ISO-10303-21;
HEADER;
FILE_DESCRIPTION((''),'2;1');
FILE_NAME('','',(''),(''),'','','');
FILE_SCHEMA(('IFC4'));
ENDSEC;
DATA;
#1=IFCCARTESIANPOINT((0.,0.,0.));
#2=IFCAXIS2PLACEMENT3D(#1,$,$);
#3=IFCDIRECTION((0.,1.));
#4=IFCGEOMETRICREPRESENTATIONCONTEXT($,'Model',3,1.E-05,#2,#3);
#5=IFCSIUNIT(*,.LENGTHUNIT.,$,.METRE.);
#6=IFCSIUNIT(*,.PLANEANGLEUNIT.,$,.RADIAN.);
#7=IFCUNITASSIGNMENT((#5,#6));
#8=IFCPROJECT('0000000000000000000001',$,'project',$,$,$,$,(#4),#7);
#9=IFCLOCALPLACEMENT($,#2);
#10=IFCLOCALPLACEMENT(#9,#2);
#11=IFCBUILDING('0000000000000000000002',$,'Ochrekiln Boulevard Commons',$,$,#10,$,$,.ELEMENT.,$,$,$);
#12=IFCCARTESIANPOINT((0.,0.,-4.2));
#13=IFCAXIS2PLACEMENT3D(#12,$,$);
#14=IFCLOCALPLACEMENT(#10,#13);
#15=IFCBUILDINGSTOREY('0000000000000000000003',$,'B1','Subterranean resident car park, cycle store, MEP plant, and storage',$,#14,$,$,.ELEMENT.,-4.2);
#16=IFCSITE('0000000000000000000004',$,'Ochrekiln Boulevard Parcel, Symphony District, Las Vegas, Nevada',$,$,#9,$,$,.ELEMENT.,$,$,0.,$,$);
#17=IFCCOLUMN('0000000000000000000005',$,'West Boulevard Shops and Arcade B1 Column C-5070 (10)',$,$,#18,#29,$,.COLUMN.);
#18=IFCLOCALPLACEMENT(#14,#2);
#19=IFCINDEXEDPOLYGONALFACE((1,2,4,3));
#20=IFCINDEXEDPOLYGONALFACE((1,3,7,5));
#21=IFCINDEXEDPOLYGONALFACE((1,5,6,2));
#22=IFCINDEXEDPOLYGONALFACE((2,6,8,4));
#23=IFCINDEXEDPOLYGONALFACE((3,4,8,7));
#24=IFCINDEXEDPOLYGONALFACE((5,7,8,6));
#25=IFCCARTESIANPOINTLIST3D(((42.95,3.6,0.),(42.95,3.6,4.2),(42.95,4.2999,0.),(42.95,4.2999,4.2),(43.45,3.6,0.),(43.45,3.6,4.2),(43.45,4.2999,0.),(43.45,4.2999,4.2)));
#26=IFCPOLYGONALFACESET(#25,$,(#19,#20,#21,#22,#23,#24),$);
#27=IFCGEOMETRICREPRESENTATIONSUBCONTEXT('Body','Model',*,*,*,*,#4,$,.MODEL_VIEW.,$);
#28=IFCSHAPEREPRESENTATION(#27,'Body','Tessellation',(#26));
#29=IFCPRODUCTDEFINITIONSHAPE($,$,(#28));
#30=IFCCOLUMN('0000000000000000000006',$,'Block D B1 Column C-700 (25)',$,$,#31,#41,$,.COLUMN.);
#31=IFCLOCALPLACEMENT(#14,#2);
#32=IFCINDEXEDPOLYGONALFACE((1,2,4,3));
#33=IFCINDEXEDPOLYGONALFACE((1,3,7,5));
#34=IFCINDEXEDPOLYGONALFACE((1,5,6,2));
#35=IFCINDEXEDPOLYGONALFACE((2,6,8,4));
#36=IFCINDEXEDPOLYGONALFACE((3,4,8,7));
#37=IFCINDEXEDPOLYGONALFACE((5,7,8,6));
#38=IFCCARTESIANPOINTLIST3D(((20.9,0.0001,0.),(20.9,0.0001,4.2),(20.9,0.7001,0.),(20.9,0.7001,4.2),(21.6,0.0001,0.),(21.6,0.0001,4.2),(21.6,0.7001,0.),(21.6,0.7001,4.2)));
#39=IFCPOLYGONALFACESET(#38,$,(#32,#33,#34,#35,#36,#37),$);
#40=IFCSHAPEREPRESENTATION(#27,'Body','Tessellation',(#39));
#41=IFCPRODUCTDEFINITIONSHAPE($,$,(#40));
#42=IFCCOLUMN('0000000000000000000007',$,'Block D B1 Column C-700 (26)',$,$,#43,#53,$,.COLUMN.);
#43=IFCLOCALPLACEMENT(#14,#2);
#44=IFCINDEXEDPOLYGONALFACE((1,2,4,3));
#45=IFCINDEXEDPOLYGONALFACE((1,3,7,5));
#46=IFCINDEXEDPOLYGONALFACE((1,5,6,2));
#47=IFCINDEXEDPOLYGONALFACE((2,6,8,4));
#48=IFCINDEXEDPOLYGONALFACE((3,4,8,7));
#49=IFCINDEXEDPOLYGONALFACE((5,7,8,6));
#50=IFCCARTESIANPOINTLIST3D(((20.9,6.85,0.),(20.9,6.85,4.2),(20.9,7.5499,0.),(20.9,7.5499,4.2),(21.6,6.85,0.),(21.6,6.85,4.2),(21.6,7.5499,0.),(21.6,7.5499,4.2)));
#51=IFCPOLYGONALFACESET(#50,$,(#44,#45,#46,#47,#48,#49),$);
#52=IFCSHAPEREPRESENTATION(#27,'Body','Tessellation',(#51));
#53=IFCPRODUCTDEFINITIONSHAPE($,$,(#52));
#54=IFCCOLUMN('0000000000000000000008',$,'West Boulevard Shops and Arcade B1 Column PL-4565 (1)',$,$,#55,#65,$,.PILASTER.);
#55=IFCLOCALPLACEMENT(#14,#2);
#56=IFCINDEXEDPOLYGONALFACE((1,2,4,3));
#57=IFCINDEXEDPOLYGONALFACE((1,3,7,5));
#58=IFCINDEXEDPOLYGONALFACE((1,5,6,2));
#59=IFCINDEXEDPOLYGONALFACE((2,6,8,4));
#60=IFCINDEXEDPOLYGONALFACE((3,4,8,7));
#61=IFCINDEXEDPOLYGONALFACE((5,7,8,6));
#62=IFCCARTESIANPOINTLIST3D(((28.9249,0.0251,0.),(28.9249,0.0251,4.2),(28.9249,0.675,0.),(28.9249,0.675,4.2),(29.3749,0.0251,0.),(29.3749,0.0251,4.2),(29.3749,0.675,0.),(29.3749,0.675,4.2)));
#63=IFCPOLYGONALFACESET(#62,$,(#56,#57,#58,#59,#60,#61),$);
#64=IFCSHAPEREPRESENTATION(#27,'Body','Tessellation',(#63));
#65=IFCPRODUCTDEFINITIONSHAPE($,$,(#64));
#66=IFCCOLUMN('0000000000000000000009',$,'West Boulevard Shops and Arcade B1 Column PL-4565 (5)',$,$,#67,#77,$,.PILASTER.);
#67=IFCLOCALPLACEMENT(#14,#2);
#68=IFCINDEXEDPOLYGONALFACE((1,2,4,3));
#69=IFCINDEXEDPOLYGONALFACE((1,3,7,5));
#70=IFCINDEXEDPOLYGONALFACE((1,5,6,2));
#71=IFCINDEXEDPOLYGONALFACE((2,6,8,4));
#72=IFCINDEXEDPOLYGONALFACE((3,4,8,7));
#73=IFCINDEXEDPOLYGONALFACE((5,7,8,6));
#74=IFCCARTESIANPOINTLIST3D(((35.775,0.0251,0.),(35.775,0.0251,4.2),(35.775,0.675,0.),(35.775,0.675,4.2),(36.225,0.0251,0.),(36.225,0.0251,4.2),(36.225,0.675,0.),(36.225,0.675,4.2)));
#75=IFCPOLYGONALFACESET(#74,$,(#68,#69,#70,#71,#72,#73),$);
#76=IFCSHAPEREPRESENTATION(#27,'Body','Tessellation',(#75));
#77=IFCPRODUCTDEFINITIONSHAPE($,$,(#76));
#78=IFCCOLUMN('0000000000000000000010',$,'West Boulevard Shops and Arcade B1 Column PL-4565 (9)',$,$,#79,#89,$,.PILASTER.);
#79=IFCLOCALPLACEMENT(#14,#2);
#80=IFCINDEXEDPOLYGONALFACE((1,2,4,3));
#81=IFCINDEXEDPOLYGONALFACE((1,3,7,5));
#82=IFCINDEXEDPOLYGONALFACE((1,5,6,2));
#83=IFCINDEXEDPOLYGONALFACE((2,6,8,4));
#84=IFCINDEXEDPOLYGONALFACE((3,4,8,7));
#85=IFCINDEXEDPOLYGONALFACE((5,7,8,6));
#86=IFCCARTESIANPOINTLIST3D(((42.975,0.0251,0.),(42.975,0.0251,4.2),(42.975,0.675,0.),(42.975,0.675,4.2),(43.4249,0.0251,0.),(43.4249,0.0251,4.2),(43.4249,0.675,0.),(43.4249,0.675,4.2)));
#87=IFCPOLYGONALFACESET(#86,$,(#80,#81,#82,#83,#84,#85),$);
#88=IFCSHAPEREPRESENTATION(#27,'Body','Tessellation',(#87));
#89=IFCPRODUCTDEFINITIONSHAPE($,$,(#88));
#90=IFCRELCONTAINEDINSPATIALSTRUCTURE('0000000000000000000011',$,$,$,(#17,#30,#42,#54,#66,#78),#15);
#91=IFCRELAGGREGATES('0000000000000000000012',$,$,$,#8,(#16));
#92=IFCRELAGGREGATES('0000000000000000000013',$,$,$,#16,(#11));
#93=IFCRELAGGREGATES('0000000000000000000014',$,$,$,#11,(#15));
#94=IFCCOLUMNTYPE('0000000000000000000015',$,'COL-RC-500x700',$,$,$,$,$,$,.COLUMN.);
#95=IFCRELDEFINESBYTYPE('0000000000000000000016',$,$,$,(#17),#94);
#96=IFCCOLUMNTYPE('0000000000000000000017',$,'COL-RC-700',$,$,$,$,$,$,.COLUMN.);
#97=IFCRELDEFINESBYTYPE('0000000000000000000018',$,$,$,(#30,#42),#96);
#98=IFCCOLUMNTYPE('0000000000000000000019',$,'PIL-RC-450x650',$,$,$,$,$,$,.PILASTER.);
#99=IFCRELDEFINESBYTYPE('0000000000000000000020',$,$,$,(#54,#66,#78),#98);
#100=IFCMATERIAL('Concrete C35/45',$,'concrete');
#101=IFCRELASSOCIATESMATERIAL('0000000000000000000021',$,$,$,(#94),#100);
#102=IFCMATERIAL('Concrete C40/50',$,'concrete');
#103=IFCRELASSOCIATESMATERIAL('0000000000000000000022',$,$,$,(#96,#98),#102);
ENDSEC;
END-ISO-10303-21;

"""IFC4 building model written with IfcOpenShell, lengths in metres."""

from ifc_helpers import new_model, si_unit, direction, frame, origin, origin_2d, place, context, subcontext, project, spatial, rectangle, extrude, material, material_profile, profile_set, type_object, element, save


model = new_model("IFC4")

# Units and contexts
model_context = context("Model", 3, precision=1e-05, world=origin(), true_north=direction((0.0, 1.0)))
body_context = subcontext(model_context, "Body", "Model", "MODEL_VIEW")
ifc_project = project(units=[si_unit("LENGTHUNIT", "METRE"), si_unit("PLANEANGLEUNIT", "RADIAN")], contexts=[model_context])

# Site, building, storey
site_placement = place(None, origin())
site = spatial("IfcSite", under=ifc_project, at=site_placement, Name="Ochrekiln Boulevard Parcel, Symphony District, Las Vegas, Nevada", CompositionType="ELEMENT", RefElevation=0.0)
building_placement = place(site_placement, origin())
building = spatial("IfcBuilding", under=site, at=building_placement, Name="Ochrekiln Boulevard Commons", CompositionType="ELEMENT")
storey_placement = place(building_placement, frame((0.0, 0.0, -4.2)))
storey = spatial("IfcBuildingStorey", under=building, at=storey_placement, Name="B1", Description="Subterranean resident car park, cycle store, MEP plant, and storage", CompositionType="ELEMENT", Elevation=-4.2)

# Shared definitions
ifc_material_1 = material(Name="Concrete C35/45", Category="concrete")

# Columns
ifc_material_profile_1 = material_profile(ifc_material_1, rectangle(XDim=0.5, YDim=0.7, at=origin_2d()), Name="RC-COL-500x700")
ifc_profile_set_1 = profile_set([ifc_material_profile_1], Name="Concrete C35/45")
column_type_1 = type_object("IfcColumnType", Name="COL-RC-500x700", PredefinedType="COLUMN", material=ifc_profile_set_1)
for number, where, z_axis, x_axis, name in (
    (1, (43.2, 3.95, 0.0), (0.0, 0.0, 1.0), (1.0, 0.0, 0.0), "West Boulevard Shops and Arcade B1 Column C-5070 (10)"),
):
    element("IfcColumn", number, at=place(storey_placement, frame(where, z_axis=z_axis, x_axis=x_axis)), inside=storey, type_object=column_type_1, Name=name, PredefinedType="COLUMN", context=body_context, shape_type="SweptSolid", body=[
        extrude(rectangle(XDim=0.5, YDim=0.7, at=origin_2d()), origin(), (0.0, 0.0, 1.0), 4.2),
    ])
ifc_material_2 = material(Name="Concrete C40/50", Category="concrete")
ifc_material_profile_2 = material_profile(ifc_material_2, rectangle(XDim=0.7, YDim=0.7, at=origin_2d()), Name="RC-COL-700x700")
ifc_profile_set_2 = profile_set([ifc_material_profile_2], Name="Concrete C40/50")
column_type_2 = type_object("IfcColumnType", Name="COL-RC-700", PredefinedType="COLUMN", material=ifc_profile_set_2)
for number, where, z_axis, x_axis, name in (
    (2, (21.25, 0.3501, 0.0), (0.0, 0.0, 1.0), (1.0, 0.0, 0.0), "Block D B1 Column C-700 (25)"),
    (3, (21.25, 7.2, 0.0), (0.0, 0.0, 1.0), (1.0, 0.0, 0.0), "Block D B1 Column C-700 (26)"),
):
    element("IfcColumn", number, at=place(storey_placement, frame(where, z_axis=z_axis, x_axis=x_axis)), inside=storey, type_object=column_type_2, Name=name, PredefinedType="COLUMN", context=body_context, shape_type="SweptSolid", body=[
        extrude(rectangle(XDim=0.7, YDim=0.7, at=origin_2d()), origin(), (0.0, 0.0, 1.0), 4.2),
    ])
ifc_material_profile_3 = material_profile(ifc_material_2, rectangle(XDim=0.45, YDim=0.6499, at=origin_2d()), Name="RC-PIL-450x650")
ifc_profile_set_3 = profile_set([ifc_material_profile_3], Name="Concrete C40/50")
column_type_3 = type_object("IfcColumnType", Name="PIL-RC-450x650", PredefinedType="PILASTER", material=ifc_profile_set_3)
for number, where, z_axis, x_axis, name in (
    (4, (29.1499, 0.3501, 0.0), (0.0, 0.0, 1.0), (1.0, 0.0, 0.0), "West Boulevard Shops and Arcade B1 Column PL-4565 (1)"),
    (5, (36.0, 0.3501, 0.0), (0.0, 0.0, 1.0), (1.0, 0.0, 0.0), "West Boulevard Shops and Arcade B1 Column PL-4565 (5)"),
    (6, (43.2, 0.3501, 0.0), (0.0, 0.0, 1.0), (1.0, 0.0, 0.0), "West Boulevard Shops and Arcade B1 Column PL-4565 (9)"),
):
    element("IfcColumn", number, at=place(storey_placement, frame(where, z_axis=z_axis, x_axis=x_axis)), inside=storey, type_object=column_type_3, Name=name, PredefinedType="PILASTER", context=body_context, shape_type="SweptSolid", body=[
        extrude(rectangle(XDim=0.45, YDim=0.6499, at=origin_2d()), origin(), (0.0, 0.0, 1.0), 4.2),
    ])

save(model, "model.ifc")
